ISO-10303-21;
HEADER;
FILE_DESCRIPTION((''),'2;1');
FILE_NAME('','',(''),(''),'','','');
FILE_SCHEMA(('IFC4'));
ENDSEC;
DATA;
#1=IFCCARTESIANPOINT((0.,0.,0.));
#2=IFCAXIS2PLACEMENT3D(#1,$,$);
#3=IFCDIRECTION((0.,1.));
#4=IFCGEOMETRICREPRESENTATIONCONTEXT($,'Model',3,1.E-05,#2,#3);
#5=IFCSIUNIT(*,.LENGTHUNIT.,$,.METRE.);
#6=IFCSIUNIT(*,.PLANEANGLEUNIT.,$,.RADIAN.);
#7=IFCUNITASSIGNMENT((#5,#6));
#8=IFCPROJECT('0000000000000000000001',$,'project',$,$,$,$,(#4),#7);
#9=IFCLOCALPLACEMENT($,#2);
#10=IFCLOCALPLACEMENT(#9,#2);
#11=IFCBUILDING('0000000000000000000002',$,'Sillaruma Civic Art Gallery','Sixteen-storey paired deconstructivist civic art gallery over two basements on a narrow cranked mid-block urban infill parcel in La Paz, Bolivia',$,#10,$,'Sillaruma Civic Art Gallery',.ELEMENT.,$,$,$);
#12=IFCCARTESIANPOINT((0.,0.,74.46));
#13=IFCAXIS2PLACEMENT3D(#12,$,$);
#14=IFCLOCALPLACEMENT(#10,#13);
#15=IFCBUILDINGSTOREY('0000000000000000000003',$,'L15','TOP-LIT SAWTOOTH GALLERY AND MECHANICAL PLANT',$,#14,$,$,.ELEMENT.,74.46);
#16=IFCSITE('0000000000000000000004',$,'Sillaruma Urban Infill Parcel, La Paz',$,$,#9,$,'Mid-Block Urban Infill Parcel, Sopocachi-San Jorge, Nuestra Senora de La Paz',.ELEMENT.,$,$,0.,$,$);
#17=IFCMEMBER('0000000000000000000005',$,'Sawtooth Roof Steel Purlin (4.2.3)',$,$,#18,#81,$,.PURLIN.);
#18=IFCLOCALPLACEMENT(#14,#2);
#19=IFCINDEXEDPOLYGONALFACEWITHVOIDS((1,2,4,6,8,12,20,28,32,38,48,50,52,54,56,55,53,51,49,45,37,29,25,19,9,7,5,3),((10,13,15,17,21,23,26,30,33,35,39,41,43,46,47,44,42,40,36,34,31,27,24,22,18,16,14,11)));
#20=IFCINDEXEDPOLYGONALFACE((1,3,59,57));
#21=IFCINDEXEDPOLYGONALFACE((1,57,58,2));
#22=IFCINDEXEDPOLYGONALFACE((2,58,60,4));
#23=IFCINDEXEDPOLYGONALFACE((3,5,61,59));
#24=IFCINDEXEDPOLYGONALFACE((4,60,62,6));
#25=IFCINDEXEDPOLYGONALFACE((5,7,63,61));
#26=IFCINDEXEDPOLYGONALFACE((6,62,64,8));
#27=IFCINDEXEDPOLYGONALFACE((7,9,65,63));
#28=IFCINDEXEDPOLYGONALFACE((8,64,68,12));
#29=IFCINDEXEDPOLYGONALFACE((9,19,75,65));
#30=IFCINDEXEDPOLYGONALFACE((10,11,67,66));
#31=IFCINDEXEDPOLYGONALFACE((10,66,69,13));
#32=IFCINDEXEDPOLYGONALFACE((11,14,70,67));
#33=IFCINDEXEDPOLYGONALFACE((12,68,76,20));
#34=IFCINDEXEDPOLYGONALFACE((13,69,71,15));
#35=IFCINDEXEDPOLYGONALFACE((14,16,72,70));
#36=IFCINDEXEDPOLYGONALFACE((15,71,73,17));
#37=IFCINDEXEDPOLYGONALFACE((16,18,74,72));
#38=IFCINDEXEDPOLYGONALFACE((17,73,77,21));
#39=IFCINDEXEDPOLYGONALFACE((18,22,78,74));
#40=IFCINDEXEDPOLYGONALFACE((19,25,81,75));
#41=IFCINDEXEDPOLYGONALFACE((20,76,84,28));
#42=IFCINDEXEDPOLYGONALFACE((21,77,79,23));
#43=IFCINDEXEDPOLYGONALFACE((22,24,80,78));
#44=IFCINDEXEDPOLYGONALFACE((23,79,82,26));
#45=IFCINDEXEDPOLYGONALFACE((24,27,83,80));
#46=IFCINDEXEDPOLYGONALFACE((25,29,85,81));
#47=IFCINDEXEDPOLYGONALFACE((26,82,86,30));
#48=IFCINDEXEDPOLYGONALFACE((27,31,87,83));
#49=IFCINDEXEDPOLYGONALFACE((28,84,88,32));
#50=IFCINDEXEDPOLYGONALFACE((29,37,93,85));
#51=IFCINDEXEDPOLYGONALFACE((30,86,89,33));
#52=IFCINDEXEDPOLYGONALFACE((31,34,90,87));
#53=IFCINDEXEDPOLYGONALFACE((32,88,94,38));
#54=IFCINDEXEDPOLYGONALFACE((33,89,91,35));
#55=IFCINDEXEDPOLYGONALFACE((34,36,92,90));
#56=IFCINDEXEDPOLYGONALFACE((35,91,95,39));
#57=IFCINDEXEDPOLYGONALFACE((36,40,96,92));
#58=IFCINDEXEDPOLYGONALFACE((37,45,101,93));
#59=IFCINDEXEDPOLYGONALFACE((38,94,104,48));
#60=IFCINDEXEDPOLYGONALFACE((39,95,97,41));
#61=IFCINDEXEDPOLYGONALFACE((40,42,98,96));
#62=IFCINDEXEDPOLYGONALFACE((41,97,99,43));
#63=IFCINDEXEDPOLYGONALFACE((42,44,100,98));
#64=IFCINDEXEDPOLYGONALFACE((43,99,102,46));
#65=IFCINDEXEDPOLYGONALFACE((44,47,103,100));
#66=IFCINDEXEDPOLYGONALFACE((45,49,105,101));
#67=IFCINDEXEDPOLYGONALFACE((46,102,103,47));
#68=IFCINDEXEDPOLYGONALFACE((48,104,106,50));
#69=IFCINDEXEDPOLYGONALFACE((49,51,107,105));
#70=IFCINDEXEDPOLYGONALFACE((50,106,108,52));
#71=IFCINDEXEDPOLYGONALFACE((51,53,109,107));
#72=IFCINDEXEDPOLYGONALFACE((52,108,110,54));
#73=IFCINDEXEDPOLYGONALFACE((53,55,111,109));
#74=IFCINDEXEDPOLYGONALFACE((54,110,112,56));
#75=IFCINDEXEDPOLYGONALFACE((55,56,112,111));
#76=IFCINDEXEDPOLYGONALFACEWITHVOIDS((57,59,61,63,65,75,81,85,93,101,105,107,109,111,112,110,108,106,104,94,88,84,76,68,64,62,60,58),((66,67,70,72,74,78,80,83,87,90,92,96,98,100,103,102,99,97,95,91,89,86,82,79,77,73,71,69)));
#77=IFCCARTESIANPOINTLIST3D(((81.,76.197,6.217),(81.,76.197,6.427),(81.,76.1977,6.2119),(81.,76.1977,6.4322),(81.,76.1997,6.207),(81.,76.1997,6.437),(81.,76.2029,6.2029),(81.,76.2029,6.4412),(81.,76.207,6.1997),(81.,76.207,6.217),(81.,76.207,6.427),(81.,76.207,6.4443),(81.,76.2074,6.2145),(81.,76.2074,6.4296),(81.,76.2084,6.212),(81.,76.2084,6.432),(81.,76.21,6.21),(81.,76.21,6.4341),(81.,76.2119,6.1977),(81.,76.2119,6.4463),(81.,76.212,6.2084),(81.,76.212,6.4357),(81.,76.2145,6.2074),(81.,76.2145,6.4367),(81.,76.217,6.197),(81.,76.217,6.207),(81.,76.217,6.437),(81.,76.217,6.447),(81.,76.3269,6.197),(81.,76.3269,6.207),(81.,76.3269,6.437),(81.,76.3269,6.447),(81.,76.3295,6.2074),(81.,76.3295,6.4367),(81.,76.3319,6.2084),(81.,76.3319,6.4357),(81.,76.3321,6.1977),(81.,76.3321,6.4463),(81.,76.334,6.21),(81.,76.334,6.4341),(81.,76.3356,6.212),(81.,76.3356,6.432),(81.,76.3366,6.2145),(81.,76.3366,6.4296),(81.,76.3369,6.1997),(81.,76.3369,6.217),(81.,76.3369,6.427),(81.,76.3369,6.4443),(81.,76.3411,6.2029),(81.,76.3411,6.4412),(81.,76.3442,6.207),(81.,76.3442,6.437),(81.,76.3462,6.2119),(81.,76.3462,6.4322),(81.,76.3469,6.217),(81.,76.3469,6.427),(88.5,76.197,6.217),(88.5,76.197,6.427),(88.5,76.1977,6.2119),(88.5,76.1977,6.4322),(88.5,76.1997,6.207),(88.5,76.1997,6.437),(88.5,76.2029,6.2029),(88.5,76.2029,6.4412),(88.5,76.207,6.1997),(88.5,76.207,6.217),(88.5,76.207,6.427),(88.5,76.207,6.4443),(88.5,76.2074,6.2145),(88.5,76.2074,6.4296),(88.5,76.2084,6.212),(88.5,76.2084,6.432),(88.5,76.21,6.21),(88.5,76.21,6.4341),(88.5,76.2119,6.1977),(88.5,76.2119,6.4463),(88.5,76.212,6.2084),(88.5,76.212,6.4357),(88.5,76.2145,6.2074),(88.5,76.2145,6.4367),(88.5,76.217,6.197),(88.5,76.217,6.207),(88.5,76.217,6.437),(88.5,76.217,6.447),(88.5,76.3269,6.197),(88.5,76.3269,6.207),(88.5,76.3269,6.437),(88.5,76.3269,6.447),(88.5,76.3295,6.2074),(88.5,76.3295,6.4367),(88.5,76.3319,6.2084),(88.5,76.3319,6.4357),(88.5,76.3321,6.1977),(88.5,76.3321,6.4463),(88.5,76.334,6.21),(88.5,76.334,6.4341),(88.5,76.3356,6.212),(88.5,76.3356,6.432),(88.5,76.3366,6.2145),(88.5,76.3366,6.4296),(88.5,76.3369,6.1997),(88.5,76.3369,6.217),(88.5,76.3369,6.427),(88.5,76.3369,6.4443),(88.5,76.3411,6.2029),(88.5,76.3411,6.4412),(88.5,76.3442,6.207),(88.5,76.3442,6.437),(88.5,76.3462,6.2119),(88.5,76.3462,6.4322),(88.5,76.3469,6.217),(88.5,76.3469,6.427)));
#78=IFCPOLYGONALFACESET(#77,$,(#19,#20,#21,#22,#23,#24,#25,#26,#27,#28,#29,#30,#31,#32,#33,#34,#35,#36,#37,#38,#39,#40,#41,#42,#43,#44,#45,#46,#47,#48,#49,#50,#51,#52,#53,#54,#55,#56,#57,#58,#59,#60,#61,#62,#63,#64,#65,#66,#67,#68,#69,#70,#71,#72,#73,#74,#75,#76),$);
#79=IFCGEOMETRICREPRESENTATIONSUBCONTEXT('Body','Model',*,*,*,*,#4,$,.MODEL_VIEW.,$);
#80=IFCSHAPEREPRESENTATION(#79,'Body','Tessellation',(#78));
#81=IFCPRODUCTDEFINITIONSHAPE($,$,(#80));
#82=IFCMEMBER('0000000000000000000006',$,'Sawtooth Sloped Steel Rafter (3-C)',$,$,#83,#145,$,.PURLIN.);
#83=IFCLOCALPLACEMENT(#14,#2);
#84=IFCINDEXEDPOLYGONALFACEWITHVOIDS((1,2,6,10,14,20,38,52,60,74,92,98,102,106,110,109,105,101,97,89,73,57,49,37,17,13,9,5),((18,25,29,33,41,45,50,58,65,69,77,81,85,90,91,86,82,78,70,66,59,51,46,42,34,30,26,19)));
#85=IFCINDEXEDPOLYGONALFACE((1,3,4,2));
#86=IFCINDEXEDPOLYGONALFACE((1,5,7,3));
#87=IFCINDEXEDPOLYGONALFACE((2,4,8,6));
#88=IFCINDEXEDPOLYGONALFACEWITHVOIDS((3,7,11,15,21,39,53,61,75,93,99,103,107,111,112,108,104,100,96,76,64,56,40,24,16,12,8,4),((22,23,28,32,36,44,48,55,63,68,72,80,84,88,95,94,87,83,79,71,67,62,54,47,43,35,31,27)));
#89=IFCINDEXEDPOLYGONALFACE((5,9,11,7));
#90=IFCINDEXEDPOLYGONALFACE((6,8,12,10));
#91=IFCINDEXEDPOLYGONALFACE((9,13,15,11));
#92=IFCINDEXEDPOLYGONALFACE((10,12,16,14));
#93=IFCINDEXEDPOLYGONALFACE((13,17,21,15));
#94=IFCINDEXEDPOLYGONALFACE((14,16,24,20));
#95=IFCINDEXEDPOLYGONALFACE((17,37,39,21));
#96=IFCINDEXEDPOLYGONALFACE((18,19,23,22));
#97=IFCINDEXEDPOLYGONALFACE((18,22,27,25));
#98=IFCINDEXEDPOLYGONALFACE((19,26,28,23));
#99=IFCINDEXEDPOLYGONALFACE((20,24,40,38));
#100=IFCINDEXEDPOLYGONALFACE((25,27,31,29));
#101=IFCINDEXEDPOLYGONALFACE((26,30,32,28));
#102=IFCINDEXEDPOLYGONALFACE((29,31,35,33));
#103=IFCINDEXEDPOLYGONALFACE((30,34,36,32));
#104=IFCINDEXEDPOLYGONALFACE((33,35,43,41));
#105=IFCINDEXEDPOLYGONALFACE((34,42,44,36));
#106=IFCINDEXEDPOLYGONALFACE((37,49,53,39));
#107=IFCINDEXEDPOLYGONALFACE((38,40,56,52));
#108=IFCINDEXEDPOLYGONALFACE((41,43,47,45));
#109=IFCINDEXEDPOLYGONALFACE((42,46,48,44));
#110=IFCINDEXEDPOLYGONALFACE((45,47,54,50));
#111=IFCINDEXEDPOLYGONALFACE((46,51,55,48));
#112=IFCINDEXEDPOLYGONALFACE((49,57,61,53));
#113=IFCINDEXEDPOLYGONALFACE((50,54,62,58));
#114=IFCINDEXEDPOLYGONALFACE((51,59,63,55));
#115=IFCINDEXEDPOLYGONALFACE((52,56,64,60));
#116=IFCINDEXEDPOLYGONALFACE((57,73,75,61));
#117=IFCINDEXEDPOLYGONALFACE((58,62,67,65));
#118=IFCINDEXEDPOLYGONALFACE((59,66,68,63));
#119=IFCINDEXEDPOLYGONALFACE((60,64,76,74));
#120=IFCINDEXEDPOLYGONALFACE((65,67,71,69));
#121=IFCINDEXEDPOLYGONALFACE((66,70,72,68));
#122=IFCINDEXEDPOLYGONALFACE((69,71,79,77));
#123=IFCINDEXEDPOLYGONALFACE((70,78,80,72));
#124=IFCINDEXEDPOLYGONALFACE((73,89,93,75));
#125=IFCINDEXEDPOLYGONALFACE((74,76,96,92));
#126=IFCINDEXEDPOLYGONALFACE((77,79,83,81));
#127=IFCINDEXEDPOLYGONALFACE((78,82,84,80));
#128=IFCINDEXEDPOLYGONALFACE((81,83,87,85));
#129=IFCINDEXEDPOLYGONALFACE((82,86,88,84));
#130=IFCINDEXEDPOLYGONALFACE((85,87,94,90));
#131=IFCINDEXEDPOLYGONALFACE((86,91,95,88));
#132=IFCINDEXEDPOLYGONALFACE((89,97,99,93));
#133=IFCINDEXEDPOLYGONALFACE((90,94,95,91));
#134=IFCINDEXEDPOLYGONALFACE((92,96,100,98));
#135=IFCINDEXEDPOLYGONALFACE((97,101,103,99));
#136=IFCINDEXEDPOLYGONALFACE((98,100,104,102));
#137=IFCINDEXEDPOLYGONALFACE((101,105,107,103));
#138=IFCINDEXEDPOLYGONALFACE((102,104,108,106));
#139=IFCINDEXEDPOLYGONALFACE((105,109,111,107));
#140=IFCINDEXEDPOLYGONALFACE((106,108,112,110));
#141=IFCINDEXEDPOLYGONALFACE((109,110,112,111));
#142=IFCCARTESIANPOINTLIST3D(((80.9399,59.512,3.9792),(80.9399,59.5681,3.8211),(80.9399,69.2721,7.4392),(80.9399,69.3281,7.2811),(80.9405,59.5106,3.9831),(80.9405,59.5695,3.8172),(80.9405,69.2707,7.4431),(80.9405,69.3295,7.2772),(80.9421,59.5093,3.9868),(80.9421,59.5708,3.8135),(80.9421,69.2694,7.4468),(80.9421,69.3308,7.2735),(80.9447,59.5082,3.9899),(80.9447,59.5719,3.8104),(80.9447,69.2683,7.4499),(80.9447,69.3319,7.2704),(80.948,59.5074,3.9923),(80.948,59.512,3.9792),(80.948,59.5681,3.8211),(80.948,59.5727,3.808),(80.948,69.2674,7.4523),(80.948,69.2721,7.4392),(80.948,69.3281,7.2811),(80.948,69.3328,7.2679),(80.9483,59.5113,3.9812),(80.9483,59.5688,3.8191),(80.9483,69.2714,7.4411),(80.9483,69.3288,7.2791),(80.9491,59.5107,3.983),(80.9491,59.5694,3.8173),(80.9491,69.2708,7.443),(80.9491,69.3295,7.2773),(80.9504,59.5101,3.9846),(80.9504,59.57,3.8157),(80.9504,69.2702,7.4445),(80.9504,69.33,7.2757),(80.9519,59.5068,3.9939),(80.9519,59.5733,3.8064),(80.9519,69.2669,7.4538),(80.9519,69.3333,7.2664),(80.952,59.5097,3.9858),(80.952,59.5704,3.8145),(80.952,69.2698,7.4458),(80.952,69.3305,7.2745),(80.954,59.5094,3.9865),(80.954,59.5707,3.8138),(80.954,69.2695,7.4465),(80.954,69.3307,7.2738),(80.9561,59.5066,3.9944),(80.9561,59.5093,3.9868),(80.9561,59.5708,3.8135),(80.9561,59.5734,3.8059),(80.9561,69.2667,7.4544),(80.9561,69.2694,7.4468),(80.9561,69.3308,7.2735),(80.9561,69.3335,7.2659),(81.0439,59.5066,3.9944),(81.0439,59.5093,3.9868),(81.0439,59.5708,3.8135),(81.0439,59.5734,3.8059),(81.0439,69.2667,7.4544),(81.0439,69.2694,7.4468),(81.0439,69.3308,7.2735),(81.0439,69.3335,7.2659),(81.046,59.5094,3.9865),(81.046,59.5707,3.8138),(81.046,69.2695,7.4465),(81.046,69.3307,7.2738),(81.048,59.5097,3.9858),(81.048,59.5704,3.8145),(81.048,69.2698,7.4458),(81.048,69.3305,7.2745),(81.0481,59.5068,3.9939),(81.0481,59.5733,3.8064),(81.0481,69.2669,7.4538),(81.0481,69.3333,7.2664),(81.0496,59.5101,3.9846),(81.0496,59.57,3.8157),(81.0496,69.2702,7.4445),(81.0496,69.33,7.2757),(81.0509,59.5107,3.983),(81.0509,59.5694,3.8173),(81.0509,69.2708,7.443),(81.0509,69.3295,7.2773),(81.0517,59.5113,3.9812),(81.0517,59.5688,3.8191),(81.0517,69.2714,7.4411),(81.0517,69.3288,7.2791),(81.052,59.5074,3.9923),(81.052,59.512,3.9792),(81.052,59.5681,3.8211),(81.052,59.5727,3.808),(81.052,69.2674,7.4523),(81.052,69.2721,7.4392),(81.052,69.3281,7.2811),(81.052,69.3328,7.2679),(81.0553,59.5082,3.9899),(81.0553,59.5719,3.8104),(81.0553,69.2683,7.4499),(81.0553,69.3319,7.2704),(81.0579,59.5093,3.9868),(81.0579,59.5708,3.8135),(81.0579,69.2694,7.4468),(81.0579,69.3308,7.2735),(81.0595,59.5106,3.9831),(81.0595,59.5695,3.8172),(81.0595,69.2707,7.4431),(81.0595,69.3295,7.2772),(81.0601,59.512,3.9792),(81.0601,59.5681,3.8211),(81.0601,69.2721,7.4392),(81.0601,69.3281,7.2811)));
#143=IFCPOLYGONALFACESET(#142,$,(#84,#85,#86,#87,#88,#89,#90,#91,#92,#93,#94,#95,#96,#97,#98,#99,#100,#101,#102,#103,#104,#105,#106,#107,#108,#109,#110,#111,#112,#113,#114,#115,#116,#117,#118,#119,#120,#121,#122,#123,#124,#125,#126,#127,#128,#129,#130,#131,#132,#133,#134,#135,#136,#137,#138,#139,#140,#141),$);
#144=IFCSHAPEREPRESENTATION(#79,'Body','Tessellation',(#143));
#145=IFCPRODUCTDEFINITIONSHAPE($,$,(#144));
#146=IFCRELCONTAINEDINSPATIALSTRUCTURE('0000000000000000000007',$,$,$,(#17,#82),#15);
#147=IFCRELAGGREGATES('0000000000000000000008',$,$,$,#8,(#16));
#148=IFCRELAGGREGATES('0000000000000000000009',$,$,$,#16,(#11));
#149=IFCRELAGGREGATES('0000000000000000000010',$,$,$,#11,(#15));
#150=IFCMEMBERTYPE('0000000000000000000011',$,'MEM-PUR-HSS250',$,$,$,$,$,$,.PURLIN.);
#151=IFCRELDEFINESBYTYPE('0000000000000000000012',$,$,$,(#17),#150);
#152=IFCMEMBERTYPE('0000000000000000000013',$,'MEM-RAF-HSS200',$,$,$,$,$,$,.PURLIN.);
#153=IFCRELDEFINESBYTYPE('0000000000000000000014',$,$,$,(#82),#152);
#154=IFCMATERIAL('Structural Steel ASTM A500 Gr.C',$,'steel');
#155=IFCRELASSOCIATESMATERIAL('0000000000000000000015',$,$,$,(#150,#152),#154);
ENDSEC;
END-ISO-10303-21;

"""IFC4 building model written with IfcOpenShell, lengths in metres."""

from ifc_helpers import new_model, si_unit, direction, frame, origin, origin_2d, place, context, subcontext, project, spatial, hollow_rectangle, extrude, material, material_profile, profile_set, type_object, element, save


model = new_model("IFC4")

# Units and contexts
model_context = context("Model", 3, precision=1e-05, world=origin(), true_north=direction((0.0, 1.0)))
body_context = subcontext(model_context, "Body", "Model", "MODEL_VIEW")
ifc_project = project(units=[si_unit("LENGTHUNIT", "METRE"), si_unit("PLANEANGLEUNIT", "RADIAN")], contexts=[model_context])

# Site, building, storey
site_placement = place(None, origin())
site = spatial("IfcSite", under=ifc_project, at=site_placement, Name="Sillaruma Urban Infill Parcel, La Paz", LongName="Mid-Block Urban Infill Parcel, Sopocachi-San Jorge, Nuestra Senora de La Paz", CompositionType="ELEMENT", RefElevation=0.0)
building_placement = place(site_placement, origin())
building = spatial("IfcBuilding", under=site, at=building_placement, Name="Sillaruma Civic Art Gallery", Description="Sixteen-storey paired deconstructivist civic art gallery over two basements on a narrow cranked mid-block urban infill parcel in La Paz, Bolivia", LongName="Sillaruma Civic Art Gallery", CompositionType="ELEMENT")
storey_placement = place(building_placement, frame((0.0, 0.0, 74.46)))
storey = spatial("IfcBuildingStorey", under=building, at=storey_placement, Name="L15", Description="TOP-LIT SAWTOOTH GALLERY AND MECHANICAL PLANT", CompositionType="ELEMENT", Elevation=74.46)

# Members
ifc_material_1 = material(Name="Structural Steel ASTM A500 Gr.C", Category="steel")
ifc_material_profile_1 = material_profile(ifc_material_1, hollow_rectangle(XDim=0.1499, YDim=0.25, WallThickness=0.01, InnerFilletRadius=0.01, OuterFilletRadius=0.02, at=origin_2d()), Name="HSS250x150x10")
ifc_profile_set_1 = profile_set([ifc_material_profile_1], Name="Structural Steel ASTM A500 Gr.C")
member_type_1 = type_object("IfcMemberType", Name="MEM-PUR-HSS250", PredefinedType="PURLIN", material=ifc_profile_set_1)
for number, where, z_axis, x_axis, name in (
    (1, (81.0, 76.272, 6.322), (1.0, 0.0, 0.0), (0.0, 1.0, 0.0), "Sawtooth Roof Steel Purlin (4.2.3)"),
):
    element("IfcMember", number, at=place(storey_placement, frame(where, z_axis=z_axis, x_axis=x_axis)), inside=storey, type_object=member_type_1, Name=name, PredefinedType="PURLIN", context=body_context, shape_type="SweptSolid", body=[
        extrude(hollow_rectangle(XDim=0.1499, YDim=0.25, WallThickness=0.01, InnerFilletRadius=0.01, OuterFilletRadius=0.02, at=origin_2d()), origin(), (0.0, 0.0, 1.0), 7.5),
    ])
ifc_material_profile_2 = material_profile(ifc_material_1, hollow_rectangle(XDim=0.1201, YDim=0.2, WallThickness=0.0081, InnerFilletRadius=0.0081, OuterFilletRadius=0.0161, at=origin_2d()), Name="HSS200x120x8")
ifc_profile_set_2 = profile_set([ifc_material_profile_2], Name="Structural Steel ASTM A500 Gr.C")
member_type_2 = type_object("IfcMemberType", Name="MEM-RAF-HSS200", PredefinedType="PURLIN", material=ifc_profile_set_2)
for number, where, z_axis, x_axis, name in (
    (2, (81.0, 59.54, 3.9001), (0.0, 0.942527, 0.33413), (-1.0, 0.0, 0.0), "Sawtooth Sloped Steel Rafter (3-C)"),
):
    element("IfcMember", number, at=place(storey_placement, frame(where, z_axis=z_axis, x_axis=x_axis)), inside=storey, type_object=member_type_2, Name=name, PredefinedType="PURLIN", context=body_context, shape_type="SweptSolid", body=[
        extrude(hollow_rectangle(XDim=0.1201, YDim=0.2, WallThickness=0.0081, InnerFilletRadius=0.0081, OuterFilletRadius=0.0161, at=origin_2d()), origin(), (0.0, 0.0, 1.0), 10.3552),
    ])

save(model, "model.ifc")
